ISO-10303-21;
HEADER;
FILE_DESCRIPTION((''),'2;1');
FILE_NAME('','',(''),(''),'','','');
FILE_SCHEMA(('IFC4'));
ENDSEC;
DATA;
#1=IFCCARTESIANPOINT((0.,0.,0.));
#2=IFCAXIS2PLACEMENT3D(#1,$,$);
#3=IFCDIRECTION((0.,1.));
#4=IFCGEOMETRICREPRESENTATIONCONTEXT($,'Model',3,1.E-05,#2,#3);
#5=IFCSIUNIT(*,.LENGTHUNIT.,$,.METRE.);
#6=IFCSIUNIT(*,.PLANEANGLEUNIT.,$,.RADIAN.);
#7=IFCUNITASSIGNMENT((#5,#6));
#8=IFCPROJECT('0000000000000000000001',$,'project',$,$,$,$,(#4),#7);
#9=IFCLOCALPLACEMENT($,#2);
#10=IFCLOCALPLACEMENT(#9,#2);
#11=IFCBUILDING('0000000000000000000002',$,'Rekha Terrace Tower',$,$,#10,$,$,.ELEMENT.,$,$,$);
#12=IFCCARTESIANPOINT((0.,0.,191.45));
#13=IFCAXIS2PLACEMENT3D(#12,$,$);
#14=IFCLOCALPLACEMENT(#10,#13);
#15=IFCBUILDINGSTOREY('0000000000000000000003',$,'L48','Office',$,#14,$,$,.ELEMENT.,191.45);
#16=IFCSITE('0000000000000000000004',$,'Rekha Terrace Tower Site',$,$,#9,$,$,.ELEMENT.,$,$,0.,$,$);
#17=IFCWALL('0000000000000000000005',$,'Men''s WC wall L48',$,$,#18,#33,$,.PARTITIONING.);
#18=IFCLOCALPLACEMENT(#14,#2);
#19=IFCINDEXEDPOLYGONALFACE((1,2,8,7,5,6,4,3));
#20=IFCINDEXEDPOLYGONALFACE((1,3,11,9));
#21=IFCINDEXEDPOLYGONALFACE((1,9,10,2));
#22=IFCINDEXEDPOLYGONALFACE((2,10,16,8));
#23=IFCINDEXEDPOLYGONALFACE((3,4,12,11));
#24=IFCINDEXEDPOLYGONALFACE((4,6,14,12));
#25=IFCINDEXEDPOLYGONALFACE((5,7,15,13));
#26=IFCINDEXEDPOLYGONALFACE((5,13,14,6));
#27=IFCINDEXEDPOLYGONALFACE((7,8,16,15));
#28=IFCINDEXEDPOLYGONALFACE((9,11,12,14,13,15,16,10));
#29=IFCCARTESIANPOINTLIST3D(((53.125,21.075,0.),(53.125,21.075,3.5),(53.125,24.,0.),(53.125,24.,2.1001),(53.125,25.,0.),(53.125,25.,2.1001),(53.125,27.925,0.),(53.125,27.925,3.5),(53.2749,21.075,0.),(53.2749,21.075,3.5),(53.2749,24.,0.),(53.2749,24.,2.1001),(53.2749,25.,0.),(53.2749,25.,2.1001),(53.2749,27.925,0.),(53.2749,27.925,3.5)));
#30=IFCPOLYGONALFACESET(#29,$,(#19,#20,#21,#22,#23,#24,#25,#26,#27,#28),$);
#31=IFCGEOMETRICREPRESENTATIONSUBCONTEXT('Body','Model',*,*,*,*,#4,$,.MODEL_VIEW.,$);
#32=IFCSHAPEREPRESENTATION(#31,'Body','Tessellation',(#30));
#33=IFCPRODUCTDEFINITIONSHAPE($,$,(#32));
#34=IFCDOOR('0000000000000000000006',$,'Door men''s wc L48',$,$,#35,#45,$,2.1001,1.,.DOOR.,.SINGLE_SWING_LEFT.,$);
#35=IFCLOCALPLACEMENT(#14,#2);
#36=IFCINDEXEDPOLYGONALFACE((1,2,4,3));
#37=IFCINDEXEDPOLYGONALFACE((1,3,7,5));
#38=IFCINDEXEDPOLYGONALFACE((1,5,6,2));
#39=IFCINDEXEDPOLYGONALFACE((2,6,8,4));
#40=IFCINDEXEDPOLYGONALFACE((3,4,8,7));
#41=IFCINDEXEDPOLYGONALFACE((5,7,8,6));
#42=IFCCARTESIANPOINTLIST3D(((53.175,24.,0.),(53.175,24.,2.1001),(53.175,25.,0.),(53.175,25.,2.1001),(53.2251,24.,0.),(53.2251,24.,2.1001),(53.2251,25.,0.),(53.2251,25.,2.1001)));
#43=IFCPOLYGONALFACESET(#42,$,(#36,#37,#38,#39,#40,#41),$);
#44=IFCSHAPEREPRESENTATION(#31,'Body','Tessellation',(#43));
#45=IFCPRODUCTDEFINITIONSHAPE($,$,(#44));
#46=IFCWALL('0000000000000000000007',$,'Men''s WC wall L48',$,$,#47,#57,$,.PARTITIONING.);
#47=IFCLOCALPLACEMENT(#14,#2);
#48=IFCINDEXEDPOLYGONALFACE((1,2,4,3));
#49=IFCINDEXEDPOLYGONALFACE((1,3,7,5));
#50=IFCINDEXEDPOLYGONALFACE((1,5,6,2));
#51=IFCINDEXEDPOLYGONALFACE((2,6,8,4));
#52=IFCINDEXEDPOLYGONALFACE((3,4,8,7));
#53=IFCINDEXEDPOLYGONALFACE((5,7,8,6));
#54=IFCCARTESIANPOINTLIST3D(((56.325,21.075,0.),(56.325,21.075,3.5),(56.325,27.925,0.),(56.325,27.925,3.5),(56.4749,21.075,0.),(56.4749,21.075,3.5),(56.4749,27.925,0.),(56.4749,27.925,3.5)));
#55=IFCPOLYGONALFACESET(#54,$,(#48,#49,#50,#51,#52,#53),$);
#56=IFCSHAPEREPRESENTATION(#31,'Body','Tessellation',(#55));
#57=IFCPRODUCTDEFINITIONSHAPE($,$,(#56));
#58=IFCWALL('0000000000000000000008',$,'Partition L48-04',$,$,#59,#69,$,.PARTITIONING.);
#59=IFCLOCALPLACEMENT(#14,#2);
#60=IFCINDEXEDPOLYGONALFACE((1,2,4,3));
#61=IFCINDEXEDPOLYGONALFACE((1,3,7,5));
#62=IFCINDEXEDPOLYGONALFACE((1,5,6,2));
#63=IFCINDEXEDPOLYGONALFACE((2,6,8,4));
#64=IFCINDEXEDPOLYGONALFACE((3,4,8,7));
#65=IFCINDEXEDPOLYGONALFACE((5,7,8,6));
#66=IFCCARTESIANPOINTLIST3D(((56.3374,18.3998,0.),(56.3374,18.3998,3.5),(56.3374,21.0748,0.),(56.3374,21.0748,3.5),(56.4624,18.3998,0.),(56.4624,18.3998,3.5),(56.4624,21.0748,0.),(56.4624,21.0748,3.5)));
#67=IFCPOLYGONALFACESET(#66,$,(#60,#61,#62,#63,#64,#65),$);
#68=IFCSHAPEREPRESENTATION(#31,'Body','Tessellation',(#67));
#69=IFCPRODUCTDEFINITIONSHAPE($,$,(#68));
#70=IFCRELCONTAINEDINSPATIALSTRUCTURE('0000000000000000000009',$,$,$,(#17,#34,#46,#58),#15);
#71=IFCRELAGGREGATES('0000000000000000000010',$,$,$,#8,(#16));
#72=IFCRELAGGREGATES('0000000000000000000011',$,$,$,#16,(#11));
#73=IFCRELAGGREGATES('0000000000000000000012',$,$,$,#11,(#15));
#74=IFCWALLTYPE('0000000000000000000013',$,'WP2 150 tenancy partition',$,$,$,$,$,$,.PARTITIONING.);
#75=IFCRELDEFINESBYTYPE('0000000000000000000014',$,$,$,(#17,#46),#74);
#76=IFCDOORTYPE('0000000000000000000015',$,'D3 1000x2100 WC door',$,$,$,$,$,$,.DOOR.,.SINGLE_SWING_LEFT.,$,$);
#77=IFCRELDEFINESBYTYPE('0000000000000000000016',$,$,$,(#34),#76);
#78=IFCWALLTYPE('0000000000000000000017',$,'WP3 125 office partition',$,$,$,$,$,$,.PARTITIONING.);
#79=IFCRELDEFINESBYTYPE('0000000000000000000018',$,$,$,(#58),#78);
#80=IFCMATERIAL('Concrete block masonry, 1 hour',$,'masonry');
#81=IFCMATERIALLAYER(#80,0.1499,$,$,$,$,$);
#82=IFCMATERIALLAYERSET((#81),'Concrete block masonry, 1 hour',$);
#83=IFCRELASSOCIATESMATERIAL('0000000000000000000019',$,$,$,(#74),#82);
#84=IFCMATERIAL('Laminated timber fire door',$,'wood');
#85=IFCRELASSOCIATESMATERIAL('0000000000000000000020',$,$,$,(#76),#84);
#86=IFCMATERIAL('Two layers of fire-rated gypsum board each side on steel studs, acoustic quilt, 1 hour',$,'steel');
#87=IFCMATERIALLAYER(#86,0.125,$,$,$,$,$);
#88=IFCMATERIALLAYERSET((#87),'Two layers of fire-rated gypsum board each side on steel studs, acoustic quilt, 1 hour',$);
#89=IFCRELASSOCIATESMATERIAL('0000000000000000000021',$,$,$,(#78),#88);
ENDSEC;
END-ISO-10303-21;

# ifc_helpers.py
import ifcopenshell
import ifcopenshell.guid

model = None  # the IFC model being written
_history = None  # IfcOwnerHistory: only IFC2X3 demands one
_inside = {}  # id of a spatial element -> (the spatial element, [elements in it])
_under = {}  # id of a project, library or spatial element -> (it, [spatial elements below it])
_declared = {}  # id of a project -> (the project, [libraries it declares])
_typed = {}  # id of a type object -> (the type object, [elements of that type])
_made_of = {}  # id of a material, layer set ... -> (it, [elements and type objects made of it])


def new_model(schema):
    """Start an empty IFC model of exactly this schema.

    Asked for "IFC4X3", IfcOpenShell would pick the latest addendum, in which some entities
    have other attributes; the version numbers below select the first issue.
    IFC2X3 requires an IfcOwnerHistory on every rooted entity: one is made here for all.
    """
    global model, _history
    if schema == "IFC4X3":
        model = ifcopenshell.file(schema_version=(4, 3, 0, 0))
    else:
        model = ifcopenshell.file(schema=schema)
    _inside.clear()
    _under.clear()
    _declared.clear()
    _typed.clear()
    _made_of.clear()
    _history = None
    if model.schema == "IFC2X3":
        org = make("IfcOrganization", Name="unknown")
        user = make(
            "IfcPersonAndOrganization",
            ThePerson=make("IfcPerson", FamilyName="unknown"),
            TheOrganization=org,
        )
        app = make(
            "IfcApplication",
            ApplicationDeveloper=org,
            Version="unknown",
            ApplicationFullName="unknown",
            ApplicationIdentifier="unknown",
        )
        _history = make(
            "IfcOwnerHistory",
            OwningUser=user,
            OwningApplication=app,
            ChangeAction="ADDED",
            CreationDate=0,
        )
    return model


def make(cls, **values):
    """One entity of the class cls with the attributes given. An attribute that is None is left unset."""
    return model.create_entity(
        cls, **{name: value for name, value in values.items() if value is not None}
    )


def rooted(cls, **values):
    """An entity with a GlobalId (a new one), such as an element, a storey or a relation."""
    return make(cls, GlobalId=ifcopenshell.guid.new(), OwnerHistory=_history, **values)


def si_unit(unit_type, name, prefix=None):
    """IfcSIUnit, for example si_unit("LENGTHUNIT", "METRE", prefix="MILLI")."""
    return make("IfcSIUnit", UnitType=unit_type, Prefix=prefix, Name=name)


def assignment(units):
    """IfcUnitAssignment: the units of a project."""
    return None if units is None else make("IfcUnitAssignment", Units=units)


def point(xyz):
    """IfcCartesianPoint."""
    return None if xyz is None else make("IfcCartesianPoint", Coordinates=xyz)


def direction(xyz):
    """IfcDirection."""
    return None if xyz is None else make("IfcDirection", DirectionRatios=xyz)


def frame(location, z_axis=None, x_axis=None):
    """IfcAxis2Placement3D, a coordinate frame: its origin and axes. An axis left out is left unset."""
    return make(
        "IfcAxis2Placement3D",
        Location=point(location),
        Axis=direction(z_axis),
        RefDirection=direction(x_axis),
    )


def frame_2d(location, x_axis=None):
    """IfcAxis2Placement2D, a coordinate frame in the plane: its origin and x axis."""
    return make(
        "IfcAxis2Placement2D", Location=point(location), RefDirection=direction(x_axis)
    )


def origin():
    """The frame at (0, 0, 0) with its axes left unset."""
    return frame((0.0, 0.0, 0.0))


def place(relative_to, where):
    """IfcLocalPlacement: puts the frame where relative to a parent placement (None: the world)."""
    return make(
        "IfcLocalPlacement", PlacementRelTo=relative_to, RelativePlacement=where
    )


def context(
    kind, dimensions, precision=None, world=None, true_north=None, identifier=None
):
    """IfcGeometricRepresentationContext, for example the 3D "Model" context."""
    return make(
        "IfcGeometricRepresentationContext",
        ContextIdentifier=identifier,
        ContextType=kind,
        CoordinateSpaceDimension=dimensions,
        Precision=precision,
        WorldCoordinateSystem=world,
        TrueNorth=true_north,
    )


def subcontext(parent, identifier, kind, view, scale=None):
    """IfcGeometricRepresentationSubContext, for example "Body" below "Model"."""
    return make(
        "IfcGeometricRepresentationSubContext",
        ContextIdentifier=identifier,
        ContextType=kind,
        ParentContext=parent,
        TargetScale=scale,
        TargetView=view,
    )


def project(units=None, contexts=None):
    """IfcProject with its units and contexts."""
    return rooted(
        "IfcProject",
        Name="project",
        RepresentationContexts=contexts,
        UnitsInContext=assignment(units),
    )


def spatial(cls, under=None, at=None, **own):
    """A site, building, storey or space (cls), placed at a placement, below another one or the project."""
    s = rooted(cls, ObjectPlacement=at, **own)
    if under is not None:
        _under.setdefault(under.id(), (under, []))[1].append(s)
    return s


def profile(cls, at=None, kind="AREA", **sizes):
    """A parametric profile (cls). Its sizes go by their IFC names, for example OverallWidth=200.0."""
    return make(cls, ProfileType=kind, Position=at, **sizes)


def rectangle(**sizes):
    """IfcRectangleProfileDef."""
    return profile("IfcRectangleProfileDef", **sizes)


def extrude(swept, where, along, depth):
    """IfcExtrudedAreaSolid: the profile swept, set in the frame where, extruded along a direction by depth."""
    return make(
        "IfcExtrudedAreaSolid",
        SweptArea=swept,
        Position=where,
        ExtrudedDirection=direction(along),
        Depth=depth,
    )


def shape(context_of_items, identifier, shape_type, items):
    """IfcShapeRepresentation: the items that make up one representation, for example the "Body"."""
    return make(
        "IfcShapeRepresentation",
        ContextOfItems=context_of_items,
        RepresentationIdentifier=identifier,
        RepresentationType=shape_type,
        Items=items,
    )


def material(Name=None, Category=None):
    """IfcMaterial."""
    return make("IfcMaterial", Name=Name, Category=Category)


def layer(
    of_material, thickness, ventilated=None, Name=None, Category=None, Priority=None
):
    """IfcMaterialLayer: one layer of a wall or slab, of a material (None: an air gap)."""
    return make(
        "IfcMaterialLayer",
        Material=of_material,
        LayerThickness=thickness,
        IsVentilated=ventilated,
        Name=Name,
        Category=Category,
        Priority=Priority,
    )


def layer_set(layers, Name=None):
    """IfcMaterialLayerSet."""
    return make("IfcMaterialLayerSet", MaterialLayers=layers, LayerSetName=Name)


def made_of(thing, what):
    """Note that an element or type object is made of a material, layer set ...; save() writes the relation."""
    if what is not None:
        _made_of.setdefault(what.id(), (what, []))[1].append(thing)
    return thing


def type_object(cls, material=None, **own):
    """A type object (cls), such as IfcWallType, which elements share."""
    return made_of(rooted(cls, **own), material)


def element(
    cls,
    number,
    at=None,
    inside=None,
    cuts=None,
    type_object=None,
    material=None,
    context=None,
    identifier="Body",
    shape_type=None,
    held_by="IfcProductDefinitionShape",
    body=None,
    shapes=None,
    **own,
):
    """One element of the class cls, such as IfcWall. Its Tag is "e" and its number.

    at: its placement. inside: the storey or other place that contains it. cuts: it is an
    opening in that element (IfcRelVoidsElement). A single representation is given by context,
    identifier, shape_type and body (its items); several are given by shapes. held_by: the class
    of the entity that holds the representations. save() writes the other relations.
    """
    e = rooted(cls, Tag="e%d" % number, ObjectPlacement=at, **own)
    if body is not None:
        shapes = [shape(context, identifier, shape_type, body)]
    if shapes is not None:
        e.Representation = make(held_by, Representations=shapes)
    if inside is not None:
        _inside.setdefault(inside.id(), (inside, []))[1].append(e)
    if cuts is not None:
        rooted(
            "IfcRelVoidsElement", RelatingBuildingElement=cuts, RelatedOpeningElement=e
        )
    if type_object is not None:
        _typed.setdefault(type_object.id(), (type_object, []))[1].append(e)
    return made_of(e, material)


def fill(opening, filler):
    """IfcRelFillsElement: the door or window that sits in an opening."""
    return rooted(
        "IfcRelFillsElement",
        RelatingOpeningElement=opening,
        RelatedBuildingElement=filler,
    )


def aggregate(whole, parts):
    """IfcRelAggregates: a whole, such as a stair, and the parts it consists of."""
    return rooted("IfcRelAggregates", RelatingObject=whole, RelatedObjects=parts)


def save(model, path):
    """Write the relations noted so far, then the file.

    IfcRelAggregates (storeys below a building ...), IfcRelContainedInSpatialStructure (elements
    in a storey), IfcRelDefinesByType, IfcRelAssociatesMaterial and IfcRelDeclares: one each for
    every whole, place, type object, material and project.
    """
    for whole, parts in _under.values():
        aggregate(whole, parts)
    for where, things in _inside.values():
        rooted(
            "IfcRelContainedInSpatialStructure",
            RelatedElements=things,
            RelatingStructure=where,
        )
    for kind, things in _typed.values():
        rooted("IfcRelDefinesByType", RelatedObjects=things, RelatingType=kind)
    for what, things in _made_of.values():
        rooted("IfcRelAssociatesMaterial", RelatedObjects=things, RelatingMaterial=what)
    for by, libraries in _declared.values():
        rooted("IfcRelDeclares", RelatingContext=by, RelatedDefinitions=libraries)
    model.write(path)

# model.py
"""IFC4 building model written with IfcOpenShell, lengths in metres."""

from ifc_helpers import new_model, si_unit, direction, frame, frame_2d, origin, place, context, subcontext, project, spatial, rectangle, extrude, material, layer, layer_set, type_object, element, fill, save


model = new_model("IFC4")

# Units and contexts
model_context = context("Model", 3, precision=1e-05, world=origin(), true_north=direction((0.0, 1.0)))
body_context = subcontext(model_context, "Body", "Model", "MODEL_VIEW")
ifc_project = project(units=[si_unit("LENGTHUNIT", "METRE"), si_unit("PLANEANGLEUNIT", "RADIAN")], contexts=[model_context])

# Site, building, storey
site_placement = place(None, origin())
site = spatial("IfcSite", under=ifc_project, at=site_placement, Name="Rekha Terrace Tower Site", CompositionType="ELEMENT", RefElevation=0.0)
building_placement = place(site_placement, origin())
building = spatial("IfcBuilding", under=site, at=building_placement, Name="Rekha Terrace Tower", CompositionType="ELEMENT")
storey_placement = place(building_placement, frame((0.0, 0.0, 191.45)))
storey = spatial("IfcBuildingStorey", under=building, at=storey_placement, Name="L48", Description="Office", CompositionType="ELEMENT", Elevation=191.45)

# Shared definitions
ifc_material_1 = material(Name="Concrete block masonry, 1 hour", Category="masonry")
ifc_layer_1 = layer(ifc_material_1, 0.1499)
ifc_layer_set_1 = layer_set([ifc_layer_1], Name="Concrete block masonry, 1 hour")
wall_type_1 = type_object("IfcWallType", Name="WP2 150 tenancy partition", PredefinedType="PARTITIONING", material=ifc_layer_set_1)

# Wall, opening, door
wall_1_placement = place(storey_placement, frame((53.2, 21.075, 0.0), z_axis=(0.0, 0.0, 1.0), x_axis=(0.0, 1.0, 0.0)))
wall_1 = element("IfcWall", 1, at=wall_1_placement, inside=storey, type_object=wall_type_1, Name="Men's WC wall L48", PredefinedType="PARTITIONING", context=body_context, shape_type="SweptSolid", body=[
    extrude(rectangle(XDim=6.8501, YDim=0.1499, at=frame_2d((3.425, 0.0))), origin(), (0.0, 0.0, 1.0), 3.5),
])
opening_placement = place(wall_1_placement, frame((2.925, 0.0, 0.0)))
opening = element("IfcOpeningElement", 2, at=opening_placement, cuts=wall_1, PredefinedType="OPENING", context=body_context, shape_type="SweptSolid", body=[
    extrude(rectangle(XDim=1.0, YDim=2.1001, at=frame_2d((0.5, 1.05))), frame((0.0, 0.085, 0.0), z_axis=(0.0, -1.0, 0.0), x_axis=(1.0, 0.0, 0.0)), (0.0, 0.0, 1.0), 0.1699),
])
ifc_material_2 = material(Name="Laminated timber fire door", Category="wood")
door_type = type_object("IfcDoorType", Name="D3 1000x2100 WC door", OperationType="SINGLE_SWING_LEFT", PredefinedType="DOOR", material=ifc_material_2)
door_placement = place(opening_placement, origin())
door = element("IfcDoor", 3, at=door_placement, inside=storey, type_object=door_type, Name="Door men's wc L48", OperationType="SINGLE_SWING_LEFT", OverallHeight=2.1001, OverallWidth=1.0, PredefinedType="DOOR", context=body_context, shape_type="SweptSolid", body=[
    extrude(rectangle(XDim=1.0, YDim=2.1001, at=frame_2d((0.5, 1.05))), frame((0.0, 0.0249, 0.0), z_axis=(0.0, -1.0, 0.0), x_axis=(1.0, 0.0, 0.0)), (0.0, 0.0, 1.0), 0.05),
])
fill(opening, door)

# Walls
wall_2_placement = place(storey_placement, frame((56.3999, 21.075, 0.0), z_axis=(0.0, 0.0, 1.0), x_axis=(0.0, 1.0, 0.0)))
element("IfcWall", 4, at=wall_2_placement, inside=storey, type_object=wall_type_1, Name="Men's WC wall L48", PredefinedType="PARTITIONING", context=body_context, shape_type="SweptSolid", body=[
    extrude(rectangle(XDim=6.8501, YDim=0.1499, at=frame_2d((3.425, 0.0))), origin(), (0.0, 0.0, 1.0), 3.5),
])
ifc_material_3 = material(Name="Two layers of fire-rated gypsum board each side on steel studs, acoustic quilt, 1 hour", Category="steel")
ifc_layer_2 = layer(ifc_material_3, 0.125)
ifc_layer_set_2 = layer_set([ifc_layer_2], Name="Two layers of fire-rated gypsum board each side on steel studs, acoustic quilt, 1 hour")
wall_type_2 = type_object("IfcWallType", Name="WP3 125 office partition", PredefinedType="PARTITIONING", material=ifc_layer_set_2)
wall_3_placement = place(storey_placement, frame((56.3999, 18.3999, 0.0), z_axis=(0.0, 0.0, 1.0), x_axis=(0.0, 1.0, 0.0)))
element("IfcWall", 5, at=wall_3_placement, inside=storey, type_object=wall_type_2, Name="Partition L48-04", PredefinedType="PARTITIONING", context=body_context, shape_type="SweptSolid", body=[
    extrude(rectangle(XDim=2.675, YDim=0.125, at=frame_2d((1.3374, 0.0))), origin(), (0.0, 0.0, 1.0), 3.5),
])

save(model, "model.ifc")
